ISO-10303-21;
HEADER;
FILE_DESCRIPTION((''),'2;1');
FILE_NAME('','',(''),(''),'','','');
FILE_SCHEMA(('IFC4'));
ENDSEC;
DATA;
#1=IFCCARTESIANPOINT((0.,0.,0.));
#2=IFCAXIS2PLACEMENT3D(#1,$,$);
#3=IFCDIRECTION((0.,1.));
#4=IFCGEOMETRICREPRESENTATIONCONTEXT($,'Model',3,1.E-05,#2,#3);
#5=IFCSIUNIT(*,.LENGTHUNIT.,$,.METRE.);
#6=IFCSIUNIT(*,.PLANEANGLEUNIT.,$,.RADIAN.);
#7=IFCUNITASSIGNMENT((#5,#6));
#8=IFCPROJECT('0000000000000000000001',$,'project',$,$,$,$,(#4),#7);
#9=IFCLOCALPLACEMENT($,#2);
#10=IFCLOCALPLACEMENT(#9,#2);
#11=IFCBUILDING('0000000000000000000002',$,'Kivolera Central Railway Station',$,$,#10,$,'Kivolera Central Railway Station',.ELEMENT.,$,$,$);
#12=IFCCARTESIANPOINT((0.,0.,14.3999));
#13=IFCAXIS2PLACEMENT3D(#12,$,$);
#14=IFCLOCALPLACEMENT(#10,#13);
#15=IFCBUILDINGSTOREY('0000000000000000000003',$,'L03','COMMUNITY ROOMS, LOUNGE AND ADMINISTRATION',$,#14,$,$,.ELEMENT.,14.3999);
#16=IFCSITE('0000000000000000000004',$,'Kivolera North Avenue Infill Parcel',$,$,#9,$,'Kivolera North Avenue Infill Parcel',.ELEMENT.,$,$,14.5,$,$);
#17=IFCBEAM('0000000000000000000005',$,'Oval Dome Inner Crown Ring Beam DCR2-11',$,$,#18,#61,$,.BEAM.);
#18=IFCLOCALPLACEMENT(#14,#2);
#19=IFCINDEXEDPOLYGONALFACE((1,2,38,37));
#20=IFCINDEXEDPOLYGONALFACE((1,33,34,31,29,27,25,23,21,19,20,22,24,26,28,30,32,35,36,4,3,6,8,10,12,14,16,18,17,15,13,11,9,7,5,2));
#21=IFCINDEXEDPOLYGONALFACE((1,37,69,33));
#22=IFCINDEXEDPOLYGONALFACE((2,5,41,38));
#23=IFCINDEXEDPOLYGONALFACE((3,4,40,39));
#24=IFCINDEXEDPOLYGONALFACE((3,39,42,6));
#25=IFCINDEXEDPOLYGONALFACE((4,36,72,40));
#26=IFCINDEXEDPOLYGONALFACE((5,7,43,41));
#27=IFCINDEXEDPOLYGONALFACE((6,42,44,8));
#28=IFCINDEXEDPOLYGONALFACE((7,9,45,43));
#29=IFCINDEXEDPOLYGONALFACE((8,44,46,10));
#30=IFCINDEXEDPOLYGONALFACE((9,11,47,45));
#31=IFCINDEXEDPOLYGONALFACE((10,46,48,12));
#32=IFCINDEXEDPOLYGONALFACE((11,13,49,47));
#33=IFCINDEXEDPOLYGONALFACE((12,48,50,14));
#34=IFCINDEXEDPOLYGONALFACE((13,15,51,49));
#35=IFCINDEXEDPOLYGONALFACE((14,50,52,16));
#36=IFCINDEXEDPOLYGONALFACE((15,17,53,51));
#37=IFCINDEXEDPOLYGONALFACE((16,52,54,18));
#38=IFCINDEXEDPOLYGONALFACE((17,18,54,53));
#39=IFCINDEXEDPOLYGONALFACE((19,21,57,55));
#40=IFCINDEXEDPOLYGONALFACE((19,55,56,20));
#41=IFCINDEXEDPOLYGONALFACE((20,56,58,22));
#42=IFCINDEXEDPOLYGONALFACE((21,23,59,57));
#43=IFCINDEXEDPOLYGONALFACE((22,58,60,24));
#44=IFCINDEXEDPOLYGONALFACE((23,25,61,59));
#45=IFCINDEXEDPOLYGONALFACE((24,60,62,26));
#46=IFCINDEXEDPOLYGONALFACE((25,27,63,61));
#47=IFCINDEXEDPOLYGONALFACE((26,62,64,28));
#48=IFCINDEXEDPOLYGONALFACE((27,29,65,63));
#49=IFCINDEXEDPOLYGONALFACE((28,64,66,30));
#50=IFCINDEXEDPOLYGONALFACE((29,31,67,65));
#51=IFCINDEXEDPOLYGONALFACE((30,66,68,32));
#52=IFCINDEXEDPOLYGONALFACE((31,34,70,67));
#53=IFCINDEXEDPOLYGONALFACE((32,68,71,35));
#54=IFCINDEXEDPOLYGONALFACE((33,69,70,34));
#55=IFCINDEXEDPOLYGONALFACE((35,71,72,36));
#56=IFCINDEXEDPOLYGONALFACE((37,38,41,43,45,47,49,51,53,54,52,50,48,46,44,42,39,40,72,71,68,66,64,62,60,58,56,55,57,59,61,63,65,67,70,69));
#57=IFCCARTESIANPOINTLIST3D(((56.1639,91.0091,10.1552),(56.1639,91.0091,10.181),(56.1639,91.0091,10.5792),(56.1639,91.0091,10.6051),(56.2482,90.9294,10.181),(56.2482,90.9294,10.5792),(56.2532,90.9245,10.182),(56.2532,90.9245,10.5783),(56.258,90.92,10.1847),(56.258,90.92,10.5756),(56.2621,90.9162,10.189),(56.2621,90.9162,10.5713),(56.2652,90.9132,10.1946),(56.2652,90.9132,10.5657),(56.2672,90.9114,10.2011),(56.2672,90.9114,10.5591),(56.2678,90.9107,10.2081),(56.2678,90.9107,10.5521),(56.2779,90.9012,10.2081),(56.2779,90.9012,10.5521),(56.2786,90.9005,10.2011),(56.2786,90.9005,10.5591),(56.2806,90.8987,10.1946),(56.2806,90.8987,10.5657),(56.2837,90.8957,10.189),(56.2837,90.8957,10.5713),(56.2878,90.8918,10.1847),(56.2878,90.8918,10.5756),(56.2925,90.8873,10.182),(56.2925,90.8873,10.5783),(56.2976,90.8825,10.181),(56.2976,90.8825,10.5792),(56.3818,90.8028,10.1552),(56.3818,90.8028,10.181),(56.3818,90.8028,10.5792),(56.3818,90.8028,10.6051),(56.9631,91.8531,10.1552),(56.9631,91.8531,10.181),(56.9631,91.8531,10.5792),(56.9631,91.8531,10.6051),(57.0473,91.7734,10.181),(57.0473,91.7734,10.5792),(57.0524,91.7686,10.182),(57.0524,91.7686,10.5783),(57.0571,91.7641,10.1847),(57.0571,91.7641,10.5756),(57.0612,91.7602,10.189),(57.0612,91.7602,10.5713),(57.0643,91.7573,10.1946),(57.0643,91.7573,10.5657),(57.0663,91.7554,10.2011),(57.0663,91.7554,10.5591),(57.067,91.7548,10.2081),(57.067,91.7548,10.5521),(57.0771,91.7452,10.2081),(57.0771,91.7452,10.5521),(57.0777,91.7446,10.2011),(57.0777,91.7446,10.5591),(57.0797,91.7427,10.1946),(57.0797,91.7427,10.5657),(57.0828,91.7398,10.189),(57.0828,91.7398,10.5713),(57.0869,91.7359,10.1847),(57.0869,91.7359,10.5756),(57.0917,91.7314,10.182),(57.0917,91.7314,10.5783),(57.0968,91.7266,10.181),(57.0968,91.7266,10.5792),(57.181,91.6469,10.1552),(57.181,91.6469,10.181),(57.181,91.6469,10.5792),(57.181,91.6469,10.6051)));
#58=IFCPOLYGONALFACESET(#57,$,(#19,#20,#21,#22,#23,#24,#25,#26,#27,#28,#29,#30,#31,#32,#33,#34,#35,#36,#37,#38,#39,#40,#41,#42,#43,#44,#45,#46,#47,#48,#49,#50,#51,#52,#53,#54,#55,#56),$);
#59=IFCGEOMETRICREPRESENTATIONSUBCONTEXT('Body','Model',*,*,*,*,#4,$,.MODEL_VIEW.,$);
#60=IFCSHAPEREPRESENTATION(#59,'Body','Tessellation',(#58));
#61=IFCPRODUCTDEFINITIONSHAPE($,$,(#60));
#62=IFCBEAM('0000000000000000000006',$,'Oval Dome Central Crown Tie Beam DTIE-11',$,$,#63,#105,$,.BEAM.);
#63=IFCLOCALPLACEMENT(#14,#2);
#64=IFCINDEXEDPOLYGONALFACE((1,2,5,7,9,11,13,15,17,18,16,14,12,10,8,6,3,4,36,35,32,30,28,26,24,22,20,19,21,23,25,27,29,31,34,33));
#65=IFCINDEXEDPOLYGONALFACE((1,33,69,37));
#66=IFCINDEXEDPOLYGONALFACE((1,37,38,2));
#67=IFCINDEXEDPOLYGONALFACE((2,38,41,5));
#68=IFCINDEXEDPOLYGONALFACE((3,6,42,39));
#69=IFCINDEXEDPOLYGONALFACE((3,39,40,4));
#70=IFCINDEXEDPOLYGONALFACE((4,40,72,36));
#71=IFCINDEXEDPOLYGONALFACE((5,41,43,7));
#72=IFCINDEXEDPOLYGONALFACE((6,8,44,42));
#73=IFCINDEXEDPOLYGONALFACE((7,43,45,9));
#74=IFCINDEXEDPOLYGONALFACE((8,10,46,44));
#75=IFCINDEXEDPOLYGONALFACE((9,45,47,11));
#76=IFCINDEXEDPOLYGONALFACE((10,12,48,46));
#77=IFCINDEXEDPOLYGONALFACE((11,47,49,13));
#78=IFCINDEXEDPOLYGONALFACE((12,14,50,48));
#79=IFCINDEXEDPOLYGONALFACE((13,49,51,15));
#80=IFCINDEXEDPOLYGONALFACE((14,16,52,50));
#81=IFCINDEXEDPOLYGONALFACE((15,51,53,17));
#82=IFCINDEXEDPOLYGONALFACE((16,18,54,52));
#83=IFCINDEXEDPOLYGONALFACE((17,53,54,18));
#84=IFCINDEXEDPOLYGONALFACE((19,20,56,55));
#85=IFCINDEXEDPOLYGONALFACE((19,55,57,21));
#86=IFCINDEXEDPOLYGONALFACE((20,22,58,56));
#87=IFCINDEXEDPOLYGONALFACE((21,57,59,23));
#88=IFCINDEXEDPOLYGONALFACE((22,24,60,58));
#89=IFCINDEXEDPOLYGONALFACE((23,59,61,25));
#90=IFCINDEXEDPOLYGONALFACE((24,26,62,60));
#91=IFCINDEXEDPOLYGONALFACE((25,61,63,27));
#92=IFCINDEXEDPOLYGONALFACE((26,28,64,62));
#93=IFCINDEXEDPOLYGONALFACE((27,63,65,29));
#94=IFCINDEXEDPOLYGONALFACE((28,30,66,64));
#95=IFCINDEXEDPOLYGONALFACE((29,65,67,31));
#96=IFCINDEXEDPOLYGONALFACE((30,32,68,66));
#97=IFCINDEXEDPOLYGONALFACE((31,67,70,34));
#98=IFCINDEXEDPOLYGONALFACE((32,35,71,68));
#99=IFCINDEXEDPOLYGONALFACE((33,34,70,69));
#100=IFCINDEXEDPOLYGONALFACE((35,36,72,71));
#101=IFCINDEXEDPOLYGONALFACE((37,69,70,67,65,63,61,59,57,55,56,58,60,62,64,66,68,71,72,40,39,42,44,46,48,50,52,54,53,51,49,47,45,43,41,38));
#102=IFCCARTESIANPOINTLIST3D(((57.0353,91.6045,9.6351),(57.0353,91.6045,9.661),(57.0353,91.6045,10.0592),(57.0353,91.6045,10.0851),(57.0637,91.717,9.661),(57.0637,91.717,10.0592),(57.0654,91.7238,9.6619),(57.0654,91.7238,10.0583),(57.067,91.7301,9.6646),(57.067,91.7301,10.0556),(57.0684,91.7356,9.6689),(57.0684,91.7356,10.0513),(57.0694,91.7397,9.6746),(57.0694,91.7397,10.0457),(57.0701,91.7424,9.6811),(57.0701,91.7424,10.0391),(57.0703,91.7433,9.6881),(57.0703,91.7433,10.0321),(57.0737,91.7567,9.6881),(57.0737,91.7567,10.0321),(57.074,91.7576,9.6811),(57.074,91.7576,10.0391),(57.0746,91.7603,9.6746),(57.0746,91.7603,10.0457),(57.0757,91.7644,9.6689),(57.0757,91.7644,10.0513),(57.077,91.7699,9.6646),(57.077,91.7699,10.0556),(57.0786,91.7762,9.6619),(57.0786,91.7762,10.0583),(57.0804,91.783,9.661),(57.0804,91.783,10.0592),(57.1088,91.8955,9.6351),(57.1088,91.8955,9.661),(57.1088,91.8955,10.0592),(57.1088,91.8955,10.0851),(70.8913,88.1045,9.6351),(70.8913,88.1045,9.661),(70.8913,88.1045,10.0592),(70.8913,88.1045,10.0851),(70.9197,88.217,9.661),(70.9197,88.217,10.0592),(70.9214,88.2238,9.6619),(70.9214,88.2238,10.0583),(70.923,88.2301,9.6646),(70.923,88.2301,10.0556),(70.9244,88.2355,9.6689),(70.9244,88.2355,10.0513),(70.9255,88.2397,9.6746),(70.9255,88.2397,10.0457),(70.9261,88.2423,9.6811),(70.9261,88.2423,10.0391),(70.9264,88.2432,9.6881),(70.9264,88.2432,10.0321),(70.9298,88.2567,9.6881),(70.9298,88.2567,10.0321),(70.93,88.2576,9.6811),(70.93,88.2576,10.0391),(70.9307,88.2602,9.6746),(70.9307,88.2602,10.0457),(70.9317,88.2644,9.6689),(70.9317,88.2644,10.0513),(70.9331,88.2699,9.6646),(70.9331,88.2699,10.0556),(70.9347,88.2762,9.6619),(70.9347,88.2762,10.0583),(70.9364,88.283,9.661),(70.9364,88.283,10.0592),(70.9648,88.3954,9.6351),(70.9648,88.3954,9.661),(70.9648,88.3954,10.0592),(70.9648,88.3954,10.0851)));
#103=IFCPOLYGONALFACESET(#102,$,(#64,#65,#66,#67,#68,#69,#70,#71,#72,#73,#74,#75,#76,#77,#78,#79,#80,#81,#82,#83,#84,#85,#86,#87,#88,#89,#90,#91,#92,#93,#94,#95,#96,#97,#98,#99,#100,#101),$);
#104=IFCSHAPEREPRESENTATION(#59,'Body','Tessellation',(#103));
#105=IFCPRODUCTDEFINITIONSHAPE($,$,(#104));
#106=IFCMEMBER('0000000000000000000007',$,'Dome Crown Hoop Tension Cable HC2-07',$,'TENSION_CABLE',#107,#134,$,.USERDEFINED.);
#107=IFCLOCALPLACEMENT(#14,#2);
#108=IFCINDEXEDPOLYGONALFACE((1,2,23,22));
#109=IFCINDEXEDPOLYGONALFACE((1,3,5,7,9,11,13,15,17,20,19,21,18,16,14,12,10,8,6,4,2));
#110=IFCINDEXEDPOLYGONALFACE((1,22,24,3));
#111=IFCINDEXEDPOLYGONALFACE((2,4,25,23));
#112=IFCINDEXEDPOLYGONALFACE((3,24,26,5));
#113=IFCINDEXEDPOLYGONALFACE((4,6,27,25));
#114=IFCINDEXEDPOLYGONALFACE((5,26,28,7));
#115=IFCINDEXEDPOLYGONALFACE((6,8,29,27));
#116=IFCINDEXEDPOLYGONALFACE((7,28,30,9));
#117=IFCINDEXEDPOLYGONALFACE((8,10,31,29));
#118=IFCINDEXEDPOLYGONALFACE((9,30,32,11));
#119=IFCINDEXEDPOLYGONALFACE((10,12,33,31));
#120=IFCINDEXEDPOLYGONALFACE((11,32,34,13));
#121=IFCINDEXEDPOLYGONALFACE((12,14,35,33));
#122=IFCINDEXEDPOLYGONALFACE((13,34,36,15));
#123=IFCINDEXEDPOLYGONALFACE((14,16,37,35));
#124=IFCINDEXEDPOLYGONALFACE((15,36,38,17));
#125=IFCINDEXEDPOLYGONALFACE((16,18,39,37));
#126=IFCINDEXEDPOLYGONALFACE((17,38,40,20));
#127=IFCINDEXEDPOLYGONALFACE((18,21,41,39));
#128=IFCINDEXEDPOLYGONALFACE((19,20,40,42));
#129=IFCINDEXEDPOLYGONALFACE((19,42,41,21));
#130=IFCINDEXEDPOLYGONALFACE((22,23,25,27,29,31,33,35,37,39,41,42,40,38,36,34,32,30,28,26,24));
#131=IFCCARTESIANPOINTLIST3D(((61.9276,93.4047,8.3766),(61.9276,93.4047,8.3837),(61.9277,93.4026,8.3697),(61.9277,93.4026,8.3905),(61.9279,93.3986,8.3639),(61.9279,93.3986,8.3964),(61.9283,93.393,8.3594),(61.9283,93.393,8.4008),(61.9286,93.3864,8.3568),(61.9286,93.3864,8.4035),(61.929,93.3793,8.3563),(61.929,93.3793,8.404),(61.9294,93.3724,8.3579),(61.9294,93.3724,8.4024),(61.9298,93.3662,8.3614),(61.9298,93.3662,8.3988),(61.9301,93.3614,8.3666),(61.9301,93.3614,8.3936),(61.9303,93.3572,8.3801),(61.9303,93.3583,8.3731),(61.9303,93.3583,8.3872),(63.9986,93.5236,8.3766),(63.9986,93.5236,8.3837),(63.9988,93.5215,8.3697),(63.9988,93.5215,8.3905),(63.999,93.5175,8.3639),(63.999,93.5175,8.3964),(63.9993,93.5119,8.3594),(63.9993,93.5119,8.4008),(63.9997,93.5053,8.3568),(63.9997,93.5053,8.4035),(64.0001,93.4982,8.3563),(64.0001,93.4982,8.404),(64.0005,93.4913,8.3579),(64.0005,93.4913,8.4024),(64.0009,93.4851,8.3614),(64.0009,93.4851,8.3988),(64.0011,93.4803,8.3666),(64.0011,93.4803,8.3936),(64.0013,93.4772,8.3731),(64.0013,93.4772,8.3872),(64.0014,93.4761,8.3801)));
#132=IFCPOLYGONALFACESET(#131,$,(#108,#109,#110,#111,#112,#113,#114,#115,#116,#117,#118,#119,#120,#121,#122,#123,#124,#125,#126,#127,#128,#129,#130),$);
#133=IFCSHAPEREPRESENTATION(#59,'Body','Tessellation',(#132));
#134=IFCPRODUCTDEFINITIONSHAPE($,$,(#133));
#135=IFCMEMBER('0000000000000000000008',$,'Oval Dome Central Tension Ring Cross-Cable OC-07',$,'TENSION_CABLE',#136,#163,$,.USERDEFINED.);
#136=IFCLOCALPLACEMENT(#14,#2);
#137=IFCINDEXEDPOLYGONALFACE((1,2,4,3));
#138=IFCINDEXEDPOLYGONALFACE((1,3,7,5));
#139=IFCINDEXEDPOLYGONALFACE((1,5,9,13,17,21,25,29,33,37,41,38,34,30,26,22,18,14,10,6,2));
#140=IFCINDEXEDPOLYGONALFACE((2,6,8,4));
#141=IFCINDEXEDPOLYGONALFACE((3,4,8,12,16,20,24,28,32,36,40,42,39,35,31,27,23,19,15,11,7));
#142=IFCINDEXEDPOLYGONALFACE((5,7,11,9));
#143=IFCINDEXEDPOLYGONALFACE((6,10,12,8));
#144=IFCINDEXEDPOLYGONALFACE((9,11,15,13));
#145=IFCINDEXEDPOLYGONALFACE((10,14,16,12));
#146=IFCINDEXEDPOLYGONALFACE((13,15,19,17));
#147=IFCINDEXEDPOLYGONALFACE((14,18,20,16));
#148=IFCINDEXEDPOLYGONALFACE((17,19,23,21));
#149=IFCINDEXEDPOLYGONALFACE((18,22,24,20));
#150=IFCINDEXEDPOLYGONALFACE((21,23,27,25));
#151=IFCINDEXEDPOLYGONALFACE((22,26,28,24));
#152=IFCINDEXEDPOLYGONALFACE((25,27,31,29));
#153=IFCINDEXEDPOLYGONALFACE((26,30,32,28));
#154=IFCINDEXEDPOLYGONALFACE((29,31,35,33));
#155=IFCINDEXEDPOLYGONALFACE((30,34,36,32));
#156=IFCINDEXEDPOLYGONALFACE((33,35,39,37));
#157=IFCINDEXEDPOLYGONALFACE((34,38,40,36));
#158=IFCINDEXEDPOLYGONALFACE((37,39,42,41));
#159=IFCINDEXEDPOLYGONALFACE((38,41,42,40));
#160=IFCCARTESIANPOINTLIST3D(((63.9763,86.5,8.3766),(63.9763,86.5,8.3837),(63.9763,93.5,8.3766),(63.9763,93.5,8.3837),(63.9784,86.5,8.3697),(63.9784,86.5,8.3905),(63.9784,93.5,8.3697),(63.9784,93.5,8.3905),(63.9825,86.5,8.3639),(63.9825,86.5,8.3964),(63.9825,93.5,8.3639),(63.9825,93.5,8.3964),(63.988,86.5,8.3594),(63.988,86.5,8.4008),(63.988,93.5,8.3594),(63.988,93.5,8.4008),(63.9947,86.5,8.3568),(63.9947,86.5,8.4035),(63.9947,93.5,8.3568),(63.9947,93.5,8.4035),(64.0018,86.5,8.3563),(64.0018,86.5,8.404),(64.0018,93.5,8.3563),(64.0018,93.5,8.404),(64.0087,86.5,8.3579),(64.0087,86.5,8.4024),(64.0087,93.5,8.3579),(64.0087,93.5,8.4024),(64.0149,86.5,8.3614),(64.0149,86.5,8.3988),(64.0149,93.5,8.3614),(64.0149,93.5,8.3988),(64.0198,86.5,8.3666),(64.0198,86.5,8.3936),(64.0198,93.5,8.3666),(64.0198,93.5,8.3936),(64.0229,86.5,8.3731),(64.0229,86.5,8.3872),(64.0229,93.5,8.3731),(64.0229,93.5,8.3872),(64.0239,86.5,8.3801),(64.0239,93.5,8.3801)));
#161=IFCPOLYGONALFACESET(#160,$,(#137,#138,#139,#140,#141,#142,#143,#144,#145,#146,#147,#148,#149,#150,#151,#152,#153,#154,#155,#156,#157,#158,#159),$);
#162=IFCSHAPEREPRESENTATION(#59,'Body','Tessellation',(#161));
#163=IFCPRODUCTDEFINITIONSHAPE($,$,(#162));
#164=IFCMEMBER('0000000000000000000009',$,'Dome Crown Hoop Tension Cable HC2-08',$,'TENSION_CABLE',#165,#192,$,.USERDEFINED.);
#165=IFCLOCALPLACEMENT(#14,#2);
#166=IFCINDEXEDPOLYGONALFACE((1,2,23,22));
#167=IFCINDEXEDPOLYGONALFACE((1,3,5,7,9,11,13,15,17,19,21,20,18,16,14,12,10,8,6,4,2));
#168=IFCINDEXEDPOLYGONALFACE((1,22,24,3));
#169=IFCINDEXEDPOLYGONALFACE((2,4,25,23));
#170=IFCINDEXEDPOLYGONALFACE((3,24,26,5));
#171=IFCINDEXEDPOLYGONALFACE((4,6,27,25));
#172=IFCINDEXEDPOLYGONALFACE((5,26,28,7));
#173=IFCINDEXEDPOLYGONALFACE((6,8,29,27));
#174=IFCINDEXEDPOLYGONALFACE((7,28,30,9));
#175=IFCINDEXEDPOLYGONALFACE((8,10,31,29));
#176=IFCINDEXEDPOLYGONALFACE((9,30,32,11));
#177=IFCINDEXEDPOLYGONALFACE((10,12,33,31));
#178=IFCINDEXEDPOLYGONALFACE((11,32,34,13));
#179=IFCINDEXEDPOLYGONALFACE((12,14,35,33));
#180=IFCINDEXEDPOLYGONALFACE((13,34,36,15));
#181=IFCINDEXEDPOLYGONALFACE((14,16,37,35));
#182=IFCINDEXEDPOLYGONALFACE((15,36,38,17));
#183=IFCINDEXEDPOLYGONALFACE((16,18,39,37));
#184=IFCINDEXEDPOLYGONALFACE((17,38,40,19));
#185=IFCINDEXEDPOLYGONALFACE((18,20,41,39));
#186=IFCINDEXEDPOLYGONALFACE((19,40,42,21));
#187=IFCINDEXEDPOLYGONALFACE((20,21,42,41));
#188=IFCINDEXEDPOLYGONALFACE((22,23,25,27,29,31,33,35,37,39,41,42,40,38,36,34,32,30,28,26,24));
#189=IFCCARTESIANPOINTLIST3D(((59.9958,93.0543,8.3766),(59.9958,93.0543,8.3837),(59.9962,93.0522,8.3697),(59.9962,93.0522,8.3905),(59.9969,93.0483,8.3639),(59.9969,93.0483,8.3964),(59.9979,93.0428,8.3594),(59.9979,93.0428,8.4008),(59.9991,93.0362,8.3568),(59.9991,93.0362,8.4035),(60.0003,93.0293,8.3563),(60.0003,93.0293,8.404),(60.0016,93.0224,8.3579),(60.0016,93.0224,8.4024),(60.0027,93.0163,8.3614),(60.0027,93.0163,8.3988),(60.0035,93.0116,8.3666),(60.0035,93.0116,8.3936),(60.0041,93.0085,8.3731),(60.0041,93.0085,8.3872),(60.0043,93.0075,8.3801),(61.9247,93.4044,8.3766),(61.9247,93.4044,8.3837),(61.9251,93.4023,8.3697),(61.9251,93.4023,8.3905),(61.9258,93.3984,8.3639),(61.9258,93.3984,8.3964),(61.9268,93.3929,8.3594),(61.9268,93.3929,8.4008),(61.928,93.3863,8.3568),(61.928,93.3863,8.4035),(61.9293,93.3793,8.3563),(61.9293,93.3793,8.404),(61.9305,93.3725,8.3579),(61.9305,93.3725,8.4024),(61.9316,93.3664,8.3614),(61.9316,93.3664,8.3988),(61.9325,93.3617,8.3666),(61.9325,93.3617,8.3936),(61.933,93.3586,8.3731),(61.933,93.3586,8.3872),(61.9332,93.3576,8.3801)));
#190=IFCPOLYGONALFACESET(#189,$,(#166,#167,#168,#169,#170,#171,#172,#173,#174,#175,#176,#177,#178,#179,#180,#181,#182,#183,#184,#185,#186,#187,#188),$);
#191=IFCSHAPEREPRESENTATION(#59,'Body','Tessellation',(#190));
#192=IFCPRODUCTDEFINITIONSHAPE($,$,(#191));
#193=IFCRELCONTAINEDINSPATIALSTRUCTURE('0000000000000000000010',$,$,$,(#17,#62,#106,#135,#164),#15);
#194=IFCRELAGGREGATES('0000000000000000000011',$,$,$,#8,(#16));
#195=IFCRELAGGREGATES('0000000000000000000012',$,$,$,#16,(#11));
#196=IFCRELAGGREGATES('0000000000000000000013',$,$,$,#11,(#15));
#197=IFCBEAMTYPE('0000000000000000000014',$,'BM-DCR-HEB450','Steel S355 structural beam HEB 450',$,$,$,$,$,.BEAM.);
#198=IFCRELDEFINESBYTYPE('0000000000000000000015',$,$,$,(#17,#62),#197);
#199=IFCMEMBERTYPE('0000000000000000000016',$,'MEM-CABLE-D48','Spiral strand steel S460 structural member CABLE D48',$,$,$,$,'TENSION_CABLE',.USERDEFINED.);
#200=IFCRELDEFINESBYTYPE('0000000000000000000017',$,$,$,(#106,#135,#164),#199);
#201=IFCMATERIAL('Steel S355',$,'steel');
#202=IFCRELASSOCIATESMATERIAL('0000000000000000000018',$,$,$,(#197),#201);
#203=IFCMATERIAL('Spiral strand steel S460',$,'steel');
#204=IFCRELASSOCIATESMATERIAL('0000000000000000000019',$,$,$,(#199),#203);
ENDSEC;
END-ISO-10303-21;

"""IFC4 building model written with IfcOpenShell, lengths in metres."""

from ifc_helpers import new_model, si_unit, direction, frame, origin, origin_2d, place, context, subcontext, project, spatial, circle, i_section, extrude, material, material_profile, profile_set, type_object, element, save


model = new_model("IFC4")

# Units and contexts
model_context = context("Model", 3, precision=1e-05, world=origin(), true_north=direction((0.0, 1.0)))
body_context = subcontext(model_context, "Body", "Model", "MODEL_VIEW")
ifc_project = project(units=[si_unit("LENGTHUNIT", "METRE"), si_unit("PLANEANGLEUNIT", "RADIAN")], contexts=[model_context])

# Site, building, storey
site_placement = place(None, origin())
site = spatial("IfcSite", under=ifc_project, at=site_placement, Name="Kivolera North Avenue Infill Parcel", LongName="Kivolera North Avenue Infill Parcel", CompositionType="ELEMENT", RefElevation=14.5)
building_placement = place(site_placement, origin())
building = spatial("IfcBuilding", under=site, at=building_placement, Name="Kivolera Central Railway Station", LongName="Kivolera Central Railway Station", CompositionType="ELEMENT")
storey_placement = place(building_placement, frame((0.0, 0.0, 14.3999)))
storey = spatial("IfcBuildingStorey", under=building, at=storey_placement, Name="L03", Description="COMMUNITY ROOMS, LOUNGE AND ADMINISTRATION", CompositionType="ELEMENT", Elevation=14.3999)

# Beams
ifc_material_1 = material(Name="Steel S355", Category="steel")
ifc_material_profile_1 = material_profile(ifc_material_1, i_section(OverallWidth=0.3, OverallDepth=0.45, WebThickness=0.0139, FlangeThickness=0.0259, FilletRadius=0.0271, at=origin_2d()), Name="HEB 450")
ifc_profile_set_1 = profile_set([ifc_material_profile_1], Name="Steel S355")
beam_type = type_object("IfcBeamType", Name="BM-DCR-HEB450", Description="Steel S355 structural beam HEB 450", PredefinedType="BEAM", material=ifc_profile_set_1)
beam_1_placement = place(storey_placement, frame((57.072, 91.75, 10.3801), z_axis=(-0.687517, -0.726168, 0.0), x_axis=(0.726168, -0.687517, 0.0)))
element("IfcBeam", 1, at=beam_1_placement, inside=storey, type_object=beam_type, Name="Oval Dome Inner Crown Ring Beam DCR2-11", PredefinedType="BEAM", context=body_context, shape_type="SweptSolid", body=[
    extrude(i_section(OverallWidth=0.3, OverallDepth=0.45, WebThickness=0.0139, FlangeThickness=0.0259, FilletRadius=0.0271, at=origin_2d()), origin(), (0.0, 0.0, 1.0), 1.1624),
])
beam_2_placement = place(storey_placement, frame((57.072, 91.75, 9.8601), z_axis=(0.969547, -0.244906, 0.0), x_axis=(0.244906, 0.969547, 0.0)))
element("IfcBeam", 2, at=beam_2_placement, inside=storey, type_object=beam_type, Name="Oval Dome Central Crown Tie Beam DTIE-11", PredefinedType="BEAM", context=body_context, shape_type="SweptSolid", body=[
    extrude(i_section(OverallWidth=0.3, OverallDepth=0.45, WebThickness=0.0139, FlangeThickness=0.0259, FilletRadius=0.0271, at=origin_2d()), origin(), (0.0, 0.0, 1.0), 14.2913),
])

# Members
ifc_material_2 = material(Name="Spiral strand steel S460", Category="steel")
ifc_material_profile_2 = material_profile(ifc_material_2, circle(Radius=0.0239, at=origin_2d()), Name="CABLE D48")
ifc_profile_set_2 = profile_set([ifc_material_profile_2], Name="Spiral strand steel S460")
member_type_1 = type_object("IfcMemberType", Name="MEM-CABLE-D48", Description="Spiral strand steel S460 structural member CABLE D48", ElementType="TENSION_CABLE", PredefinedType="USERDEFINED", material=ifc_profile_set_2)
member_1_placement = place(storey_placement, frame((64.0, 93.5, 8.3801), z_axis=(-0.998356, -0.057315, 0.0), x_axis=(0.057315, -0.998356, 0.0)))
element("IfcMember", 3, at=member_1_placement, inside=storey, type_object=member_type_1, Name="Dome Crown Hoop Tension Cable HC2-07", ObjectType="TENSION_CABLE", PredefinedType="USERDEFINED", context=body_context, shape_type="SweptSolid", body=[
    extrude(circle(Radius=0.0239, at=origin_2d()), origin(), (0.0, 0.0, 1.0), 2.0745),
])
member_2_placement = place(storey_placement, frame((64.0, 93.5, 8.3801), z_axis=(0.0, -1.0, 0.0), x_axis=(1.0, 0.0, 0.0)))
element("IfcMember", 4, at=member_2_placement, inside=storey, type_object=member_type_1, Name="Oval Dome Central Tension Ring Cross-Cable OC-07", ObjectType="TENSION_CABLE", PredefinedType="USERDEFINED", context=body_context, shape_type="SweptSolid", body=[
    extrude(circle(Radius=0.0239, at=origin_2d()), origin(), (0.0, 0.0, 1.0), 7.0),
])
member_3_placement = place(storey_placement, frame((61.929, 93.3811, 8.3801), z_axis=(-0.983926, -0.178579, 0.0), x_axis=(0.178579, -0.983926, 0.0)))
element("IfcMember", 5, at=member_3_placement, inside=storey, type_object=member_type_1, Name="Dome Crown Hoop Tension Cable HC2-08", ObjectType="TENSION_CABLE", PredefinedType="USERDEFINED", context=body_context, shape_type="SweptSolid", body=[
    extrude(circle(Radius=0.0239, at=origin_2d()), origin(), (0.0, 0.0, 1.0), 1.9604),
])

save(model, "model.ifc")
